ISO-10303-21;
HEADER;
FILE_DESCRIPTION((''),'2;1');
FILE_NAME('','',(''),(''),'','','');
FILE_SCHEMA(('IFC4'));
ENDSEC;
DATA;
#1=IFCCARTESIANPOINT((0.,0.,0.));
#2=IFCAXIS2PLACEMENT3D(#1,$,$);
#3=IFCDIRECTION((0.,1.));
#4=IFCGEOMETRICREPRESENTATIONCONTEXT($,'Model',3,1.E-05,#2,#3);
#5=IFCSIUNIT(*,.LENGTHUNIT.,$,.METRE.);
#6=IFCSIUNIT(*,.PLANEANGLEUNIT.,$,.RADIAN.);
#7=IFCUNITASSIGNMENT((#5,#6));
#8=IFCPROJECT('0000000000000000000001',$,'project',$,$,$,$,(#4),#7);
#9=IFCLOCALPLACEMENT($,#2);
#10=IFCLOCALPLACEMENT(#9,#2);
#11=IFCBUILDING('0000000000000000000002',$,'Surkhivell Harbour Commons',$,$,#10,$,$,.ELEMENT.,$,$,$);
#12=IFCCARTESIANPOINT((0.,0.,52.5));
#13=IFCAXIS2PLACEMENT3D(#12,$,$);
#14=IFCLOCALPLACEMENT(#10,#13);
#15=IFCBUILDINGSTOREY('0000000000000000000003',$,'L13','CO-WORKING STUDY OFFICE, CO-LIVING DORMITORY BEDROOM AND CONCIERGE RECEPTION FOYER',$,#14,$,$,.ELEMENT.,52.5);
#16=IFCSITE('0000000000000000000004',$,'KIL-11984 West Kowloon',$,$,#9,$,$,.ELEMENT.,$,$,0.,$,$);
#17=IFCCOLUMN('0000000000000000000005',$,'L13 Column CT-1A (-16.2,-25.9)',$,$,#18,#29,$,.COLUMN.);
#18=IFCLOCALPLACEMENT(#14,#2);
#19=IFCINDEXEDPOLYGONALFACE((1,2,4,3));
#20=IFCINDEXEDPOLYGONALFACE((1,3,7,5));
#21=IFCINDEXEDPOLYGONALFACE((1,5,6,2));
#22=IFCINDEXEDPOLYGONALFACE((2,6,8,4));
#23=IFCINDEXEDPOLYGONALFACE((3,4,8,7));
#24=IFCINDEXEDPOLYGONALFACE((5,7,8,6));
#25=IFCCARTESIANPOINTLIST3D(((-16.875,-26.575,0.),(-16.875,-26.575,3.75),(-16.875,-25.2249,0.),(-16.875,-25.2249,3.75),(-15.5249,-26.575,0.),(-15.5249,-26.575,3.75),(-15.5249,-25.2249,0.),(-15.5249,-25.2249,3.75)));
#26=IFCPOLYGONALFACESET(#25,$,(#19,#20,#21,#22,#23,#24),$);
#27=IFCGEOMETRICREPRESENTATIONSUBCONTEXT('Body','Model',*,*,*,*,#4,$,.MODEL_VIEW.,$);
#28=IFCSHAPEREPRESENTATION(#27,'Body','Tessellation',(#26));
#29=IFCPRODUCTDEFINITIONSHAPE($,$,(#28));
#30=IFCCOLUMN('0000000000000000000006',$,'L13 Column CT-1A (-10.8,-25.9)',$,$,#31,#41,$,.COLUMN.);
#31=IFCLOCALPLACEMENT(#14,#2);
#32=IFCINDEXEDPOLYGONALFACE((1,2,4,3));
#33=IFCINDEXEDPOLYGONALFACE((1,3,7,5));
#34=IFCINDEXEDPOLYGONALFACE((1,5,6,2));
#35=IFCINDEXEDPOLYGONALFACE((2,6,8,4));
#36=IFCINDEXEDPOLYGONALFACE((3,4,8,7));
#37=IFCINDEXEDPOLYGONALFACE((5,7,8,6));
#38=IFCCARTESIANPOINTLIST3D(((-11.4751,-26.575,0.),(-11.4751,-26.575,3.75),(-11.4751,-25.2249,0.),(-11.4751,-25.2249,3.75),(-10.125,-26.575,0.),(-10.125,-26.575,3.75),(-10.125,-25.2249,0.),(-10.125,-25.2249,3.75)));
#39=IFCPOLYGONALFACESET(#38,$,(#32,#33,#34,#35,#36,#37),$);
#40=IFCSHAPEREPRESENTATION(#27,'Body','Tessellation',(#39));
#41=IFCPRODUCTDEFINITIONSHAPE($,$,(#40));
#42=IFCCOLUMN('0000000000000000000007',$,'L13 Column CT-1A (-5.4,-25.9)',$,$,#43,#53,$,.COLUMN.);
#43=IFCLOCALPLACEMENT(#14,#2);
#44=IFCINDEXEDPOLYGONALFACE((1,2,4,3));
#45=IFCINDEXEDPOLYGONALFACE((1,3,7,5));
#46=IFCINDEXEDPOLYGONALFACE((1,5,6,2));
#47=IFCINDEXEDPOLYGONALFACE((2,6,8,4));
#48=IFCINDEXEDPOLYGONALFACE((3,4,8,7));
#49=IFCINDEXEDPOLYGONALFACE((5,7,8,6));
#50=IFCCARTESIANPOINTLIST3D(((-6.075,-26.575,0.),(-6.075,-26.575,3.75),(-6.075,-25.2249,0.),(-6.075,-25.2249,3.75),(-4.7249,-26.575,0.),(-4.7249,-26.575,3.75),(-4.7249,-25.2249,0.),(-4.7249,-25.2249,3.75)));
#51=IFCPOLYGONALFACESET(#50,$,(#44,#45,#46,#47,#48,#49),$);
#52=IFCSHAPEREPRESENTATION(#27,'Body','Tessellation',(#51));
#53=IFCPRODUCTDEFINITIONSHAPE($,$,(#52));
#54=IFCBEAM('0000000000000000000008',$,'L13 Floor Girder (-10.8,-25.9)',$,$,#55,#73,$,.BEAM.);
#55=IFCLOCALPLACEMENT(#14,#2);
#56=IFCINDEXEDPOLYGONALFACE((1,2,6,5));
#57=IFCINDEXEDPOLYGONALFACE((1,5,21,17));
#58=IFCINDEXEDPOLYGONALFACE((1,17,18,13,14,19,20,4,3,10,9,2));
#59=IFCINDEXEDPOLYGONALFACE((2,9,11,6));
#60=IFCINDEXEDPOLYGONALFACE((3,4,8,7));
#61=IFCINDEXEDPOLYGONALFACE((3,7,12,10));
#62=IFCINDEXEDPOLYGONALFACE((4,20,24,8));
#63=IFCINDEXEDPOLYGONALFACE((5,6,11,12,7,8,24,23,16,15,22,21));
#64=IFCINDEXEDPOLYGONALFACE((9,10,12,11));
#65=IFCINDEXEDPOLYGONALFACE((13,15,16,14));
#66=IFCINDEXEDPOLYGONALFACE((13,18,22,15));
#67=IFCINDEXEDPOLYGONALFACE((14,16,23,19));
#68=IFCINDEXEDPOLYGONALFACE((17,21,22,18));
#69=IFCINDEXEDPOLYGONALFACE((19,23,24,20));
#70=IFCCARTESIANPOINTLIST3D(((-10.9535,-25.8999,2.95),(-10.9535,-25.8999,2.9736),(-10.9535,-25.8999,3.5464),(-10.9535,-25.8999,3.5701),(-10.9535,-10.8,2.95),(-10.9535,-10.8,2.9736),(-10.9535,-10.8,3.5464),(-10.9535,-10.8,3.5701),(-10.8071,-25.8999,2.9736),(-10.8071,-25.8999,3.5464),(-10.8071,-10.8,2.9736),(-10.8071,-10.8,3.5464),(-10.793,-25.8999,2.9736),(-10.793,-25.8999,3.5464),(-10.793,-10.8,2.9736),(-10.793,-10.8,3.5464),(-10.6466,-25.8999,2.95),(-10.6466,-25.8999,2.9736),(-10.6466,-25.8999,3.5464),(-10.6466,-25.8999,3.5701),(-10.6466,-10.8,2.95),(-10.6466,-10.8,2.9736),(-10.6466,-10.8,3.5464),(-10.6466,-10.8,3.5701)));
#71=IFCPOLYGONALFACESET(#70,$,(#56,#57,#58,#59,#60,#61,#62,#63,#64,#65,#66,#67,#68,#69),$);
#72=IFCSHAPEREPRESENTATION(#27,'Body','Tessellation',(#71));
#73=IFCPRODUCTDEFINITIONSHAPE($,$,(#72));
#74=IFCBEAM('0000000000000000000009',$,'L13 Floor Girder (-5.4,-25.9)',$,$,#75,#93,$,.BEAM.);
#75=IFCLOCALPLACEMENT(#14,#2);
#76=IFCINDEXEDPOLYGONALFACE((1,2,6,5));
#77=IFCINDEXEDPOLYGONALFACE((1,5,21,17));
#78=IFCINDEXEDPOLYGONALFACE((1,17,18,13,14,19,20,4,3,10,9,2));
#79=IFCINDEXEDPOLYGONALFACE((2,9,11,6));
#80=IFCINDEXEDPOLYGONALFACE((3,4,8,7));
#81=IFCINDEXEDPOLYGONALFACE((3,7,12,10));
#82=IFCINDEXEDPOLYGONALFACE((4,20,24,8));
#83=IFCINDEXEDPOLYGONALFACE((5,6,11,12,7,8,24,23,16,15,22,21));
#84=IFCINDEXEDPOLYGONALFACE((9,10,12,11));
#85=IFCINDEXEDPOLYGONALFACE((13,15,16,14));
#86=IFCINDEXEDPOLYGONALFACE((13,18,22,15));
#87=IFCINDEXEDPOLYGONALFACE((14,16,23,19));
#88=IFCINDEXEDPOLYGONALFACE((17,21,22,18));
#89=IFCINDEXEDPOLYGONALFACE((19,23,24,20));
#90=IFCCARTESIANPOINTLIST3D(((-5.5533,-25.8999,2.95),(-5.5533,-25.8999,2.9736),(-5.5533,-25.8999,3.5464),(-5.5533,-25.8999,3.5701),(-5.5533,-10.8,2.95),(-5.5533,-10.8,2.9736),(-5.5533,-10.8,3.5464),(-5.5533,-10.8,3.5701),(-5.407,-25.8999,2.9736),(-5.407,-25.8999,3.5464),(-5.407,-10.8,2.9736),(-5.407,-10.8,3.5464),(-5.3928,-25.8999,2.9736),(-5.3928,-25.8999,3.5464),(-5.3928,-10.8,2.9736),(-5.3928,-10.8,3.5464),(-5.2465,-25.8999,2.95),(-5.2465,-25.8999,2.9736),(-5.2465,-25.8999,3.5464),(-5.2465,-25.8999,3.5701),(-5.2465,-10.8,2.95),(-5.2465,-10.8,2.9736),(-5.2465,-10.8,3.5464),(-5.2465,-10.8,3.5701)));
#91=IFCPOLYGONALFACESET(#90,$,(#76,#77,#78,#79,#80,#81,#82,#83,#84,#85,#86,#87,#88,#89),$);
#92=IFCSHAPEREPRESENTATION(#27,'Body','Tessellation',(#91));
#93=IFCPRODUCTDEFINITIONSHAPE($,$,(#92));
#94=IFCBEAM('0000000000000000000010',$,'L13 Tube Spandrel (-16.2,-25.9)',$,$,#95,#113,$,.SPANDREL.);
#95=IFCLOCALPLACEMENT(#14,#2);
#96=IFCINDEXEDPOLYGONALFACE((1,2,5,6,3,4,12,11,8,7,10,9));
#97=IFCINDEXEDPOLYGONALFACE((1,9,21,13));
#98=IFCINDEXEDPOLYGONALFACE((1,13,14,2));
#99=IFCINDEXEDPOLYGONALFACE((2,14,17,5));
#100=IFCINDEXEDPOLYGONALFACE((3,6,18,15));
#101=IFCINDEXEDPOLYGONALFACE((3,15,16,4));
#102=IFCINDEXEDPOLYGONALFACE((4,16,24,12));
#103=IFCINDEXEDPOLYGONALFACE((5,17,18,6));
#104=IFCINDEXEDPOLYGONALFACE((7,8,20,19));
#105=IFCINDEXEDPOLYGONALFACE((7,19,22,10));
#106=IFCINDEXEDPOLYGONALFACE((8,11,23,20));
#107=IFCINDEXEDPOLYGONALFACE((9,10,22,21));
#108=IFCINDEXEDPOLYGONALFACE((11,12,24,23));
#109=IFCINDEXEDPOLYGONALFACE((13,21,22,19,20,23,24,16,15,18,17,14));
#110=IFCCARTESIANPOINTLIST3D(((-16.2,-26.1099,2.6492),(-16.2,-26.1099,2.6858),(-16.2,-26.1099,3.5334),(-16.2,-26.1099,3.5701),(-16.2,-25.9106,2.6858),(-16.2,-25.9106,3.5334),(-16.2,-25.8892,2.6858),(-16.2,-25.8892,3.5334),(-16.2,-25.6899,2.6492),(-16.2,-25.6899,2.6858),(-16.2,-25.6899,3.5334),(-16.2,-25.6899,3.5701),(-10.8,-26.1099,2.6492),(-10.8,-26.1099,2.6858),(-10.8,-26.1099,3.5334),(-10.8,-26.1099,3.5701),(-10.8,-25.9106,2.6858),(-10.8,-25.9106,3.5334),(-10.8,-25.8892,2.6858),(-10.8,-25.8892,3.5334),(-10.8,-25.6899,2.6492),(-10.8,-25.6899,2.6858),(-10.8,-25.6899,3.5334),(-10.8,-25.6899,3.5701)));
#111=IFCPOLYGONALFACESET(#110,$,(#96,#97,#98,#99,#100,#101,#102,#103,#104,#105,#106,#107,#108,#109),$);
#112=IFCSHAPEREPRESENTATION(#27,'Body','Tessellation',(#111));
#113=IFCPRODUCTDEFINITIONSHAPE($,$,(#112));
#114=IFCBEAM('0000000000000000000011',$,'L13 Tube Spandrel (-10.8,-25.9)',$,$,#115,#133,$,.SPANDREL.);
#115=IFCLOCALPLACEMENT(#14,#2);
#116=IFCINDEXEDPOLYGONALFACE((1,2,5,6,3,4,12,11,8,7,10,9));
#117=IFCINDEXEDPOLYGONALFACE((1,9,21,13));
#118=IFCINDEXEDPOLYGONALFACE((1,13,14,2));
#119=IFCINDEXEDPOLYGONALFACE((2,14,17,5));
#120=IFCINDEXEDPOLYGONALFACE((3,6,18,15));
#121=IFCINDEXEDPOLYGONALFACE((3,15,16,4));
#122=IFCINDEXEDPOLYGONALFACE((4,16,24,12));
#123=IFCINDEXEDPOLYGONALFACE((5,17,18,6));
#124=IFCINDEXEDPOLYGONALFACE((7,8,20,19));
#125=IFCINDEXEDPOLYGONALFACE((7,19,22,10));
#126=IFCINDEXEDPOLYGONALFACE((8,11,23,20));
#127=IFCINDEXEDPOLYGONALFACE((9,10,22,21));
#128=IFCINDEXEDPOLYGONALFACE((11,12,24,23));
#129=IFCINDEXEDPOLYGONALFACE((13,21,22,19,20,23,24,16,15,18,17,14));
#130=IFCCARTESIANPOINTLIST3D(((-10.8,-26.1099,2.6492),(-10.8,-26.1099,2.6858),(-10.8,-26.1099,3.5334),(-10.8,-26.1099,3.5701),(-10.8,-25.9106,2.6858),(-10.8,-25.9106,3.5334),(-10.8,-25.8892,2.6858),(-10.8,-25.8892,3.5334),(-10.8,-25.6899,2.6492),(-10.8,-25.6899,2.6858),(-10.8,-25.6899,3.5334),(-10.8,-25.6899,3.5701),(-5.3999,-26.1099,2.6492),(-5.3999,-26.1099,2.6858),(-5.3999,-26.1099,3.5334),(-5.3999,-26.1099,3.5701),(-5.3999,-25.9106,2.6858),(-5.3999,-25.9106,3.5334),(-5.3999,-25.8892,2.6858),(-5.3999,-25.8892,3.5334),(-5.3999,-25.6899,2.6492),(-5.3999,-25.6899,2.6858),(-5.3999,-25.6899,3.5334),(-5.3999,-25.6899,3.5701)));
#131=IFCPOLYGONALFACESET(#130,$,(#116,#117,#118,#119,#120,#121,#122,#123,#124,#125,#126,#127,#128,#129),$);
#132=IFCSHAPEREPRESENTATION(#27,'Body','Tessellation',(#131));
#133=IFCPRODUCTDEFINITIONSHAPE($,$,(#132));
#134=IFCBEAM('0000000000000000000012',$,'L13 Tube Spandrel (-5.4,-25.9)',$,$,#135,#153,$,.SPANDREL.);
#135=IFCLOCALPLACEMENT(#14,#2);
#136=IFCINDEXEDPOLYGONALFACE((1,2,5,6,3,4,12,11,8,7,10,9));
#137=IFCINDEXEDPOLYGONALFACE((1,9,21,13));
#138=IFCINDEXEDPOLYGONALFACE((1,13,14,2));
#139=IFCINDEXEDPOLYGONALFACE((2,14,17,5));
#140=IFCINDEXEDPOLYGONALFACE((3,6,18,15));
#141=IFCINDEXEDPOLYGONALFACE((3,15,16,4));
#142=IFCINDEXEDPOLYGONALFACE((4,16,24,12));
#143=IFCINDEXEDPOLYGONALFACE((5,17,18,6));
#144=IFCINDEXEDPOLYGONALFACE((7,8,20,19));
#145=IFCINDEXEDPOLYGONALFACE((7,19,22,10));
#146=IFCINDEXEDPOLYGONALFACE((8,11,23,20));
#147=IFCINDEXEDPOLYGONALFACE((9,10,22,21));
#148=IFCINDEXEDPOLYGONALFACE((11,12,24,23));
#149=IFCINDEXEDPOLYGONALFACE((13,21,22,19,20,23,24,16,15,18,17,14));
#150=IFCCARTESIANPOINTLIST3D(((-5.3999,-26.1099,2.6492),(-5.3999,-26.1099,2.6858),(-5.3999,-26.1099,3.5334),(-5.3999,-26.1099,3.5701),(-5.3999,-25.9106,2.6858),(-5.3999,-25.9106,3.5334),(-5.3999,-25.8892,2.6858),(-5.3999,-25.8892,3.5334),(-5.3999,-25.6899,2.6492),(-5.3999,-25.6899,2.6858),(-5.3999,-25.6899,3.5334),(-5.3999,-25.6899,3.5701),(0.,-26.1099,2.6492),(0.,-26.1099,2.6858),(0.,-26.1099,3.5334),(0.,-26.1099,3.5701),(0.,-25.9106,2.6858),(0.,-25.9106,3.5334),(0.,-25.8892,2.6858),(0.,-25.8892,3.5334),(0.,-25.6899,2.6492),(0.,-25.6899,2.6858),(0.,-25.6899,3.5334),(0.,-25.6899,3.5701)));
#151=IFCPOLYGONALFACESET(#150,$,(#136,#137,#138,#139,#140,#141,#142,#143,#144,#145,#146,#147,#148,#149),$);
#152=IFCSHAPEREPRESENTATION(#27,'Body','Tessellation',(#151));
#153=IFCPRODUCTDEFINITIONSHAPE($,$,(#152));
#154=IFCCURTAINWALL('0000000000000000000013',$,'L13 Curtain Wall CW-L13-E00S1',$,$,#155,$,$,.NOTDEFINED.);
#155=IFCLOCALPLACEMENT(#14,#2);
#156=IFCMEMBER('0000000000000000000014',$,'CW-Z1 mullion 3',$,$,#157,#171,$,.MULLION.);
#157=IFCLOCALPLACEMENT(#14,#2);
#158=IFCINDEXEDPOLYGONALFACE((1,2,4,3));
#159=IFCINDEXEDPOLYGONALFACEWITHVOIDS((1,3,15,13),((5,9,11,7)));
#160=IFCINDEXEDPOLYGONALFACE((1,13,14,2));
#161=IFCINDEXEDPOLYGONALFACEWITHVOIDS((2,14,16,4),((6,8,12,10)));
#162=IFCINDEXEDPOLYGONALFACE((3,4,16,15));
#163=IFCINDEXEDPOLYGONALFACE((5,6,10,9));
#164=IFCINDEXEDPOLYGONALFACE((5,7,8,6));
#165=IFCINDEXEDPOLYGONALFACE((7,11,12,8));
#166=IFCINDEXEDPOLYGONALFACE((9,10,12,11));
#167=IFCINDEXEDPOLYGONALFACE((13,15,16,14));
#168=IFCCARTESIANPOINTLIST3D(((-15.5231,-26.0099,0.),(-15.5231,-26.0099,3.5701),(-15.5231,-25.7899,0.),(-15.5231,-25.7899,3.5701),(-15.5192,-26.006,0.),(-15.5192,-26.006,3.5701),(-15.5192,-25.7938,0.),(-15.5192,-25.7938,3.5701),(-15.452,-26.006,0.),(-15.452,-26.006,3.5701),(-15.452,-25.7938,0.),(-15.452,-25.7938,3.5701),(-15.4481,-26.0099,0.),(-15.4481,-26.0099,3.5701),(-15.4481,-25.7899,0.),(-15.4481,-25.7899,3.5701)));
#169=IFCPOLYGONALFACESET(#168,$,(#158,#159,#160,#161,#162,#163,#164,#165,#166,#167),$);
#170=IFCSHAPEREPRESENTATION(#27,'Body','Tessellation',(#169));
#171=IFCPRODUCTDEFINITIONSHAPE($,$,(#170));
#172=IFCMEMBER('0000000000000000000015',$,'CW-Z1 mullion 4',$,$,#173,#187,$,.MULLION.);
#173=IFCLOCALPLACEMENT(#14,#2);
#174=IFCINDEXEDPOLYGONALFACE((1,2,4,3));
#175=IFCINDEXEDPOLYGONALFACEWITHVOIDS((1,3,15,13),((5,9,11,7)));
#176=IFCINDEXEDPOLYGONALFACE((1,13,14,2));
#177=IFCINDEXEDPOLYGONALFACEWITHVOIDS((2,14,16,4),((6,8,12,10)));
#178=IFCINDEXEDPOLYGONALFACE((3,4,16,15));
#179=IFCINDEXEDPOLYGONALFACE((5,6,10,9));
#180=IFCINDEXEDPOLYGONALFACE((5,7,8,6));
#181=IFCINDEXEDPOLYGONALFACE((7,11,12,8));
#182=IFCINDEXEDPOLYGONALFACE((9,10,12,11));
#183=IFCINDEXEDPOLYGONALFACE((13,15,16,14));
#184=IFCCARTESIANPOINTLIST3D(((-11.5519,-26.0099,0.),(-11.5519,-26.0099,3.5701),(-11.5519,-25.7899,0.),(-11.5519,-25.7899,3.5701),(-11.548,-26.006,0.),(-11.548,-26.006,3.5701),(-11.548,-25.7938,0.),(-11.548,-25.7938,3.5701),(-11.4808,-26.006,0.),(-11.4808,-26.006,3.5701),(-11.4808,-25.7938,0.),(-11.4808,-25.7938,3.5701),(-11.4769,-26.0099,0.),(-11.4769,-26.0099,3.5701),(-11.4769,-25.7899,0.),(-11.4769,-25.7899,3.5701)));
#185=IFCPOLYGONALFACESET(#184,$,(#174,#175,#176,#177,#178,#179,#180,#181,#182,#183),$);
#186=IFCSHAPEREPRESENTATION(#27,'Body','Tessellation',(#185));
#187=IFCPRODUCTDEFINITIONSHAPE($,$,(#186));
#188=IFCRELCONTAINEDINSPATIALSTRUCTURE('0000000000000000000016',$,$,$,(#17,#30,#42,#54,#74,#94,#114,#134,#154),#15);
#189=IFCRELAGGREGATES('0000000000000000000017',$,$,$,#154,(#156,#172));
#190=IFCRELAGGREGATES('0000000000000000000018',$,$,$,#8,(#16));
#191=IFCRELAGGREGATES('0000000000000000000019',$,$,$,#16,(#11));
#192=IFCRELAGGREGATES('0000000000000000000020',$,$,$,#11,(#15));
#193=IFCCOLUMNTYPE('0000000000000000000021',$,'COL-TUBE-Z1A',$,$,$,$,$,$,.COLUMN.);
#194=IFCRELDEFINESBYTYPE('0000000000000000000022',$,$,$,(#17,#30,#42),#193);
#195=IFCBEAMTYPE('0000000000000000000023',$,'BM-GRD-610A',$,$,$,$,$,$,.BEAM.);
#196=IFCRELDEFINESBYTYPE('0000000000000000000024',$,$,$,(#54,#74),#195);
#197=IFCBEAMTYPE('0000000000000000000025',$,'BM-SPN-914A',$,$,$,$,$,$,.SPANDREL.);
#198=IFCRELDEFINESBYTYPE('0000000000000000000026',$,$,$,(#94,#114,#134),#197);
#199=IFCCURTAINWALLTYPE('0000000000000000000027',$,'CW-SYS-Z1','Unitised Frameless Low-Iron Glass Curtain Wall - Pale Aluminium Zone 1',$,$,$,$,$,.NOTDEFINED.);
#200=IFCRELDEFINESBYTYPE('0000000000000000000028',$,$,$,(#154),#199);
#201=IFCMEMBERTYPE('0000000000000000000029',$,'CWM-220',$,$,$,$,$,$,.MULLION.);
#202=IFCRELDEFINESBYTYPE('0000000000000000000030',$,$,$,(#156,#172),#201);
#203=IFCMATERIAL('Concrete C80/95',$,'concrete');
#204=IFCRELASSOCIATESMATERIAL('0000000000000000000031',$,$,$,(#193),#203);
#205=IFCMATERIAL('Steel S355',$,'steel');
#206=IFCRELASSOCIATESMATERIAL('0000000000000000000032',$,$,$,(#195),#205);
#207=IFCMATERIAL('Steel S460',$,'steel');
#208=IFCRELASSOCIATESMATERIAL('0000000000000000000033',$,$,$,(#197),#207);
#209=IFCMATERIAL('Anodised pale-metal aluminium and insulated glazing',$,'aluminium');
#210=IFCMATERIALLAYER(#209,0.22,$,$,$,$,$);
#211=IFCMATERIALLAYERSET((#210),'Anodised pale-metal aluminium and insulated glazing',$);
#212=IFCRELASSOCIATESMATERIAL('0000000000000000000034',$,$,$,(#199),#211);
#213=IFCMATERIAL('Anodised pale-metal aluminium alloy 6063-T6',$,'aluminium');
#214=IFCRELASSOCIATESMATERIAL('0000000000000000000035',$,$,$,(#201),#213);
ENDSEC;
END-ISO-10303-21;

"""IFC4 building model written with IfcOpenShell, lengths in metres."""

from ifc_helpers import new_model, si_unit, direction, frame, origin, origin_2d, place, context, subcontext, project, spatial, rectangle, hollow_rectangle, i_section, extrude, material, layer, layer_set, material_profile, profile_set, type_object, element, aggregate, save


model = new_model("IFC4")

# Units and contexts
model_context = context("Model", 3, precision=1e-05, world=origin(), true_north=direction((0.0, 1.0)))
body_context = subcontext(model_context, "Body", "Model", "MODEL_VIEW")
ifc_project = project(units=[si_unit("LENGTHUNIT", "METRE"), si_unit("PLANEANGLEUNIT", "RADIAN")], contexts=[model_context])

# Site, building, storey
site_placement = place(None, origin())
site = spatial("IfcSite", under=ifc_project, at=site_placement, Name="KIL-11984 West Kowloon", CompositionType="ELEMENT", RefElevation=0.0)
building_placement = place(site_placement, origin())
building = spatial("IfcBuilding", under=site, at=building_placement, Name="Surkhivell Harbour Commons", CompositionType="ELEMENT")
storey_placement = place(building_placement, frame((0.0, 0.0, 52.5)))
storey = spatial("IfcBuildingStorey", under=building, at=storey_placement, Name="L13", Description="CO-WORKING STUDY OFFICE, CO-LIVING DORMITORY BEDROOM AND CONCIERGE RECEPTION FOYER", CompositionType="ELEMENT", Elevation=52.5)

# Columns
ifc_material_1 = material(Name="Concrete C80/95", Category="concrete")
ifc_material_profile_1 = material_profile(ifc_material_1, rectangle(XDim=1.3501, YDim=1.3501, at=origin_2d()), Name="RC-COL-1350x1350")
ifc_profile_set_1 = profile_set([ifc_material_profile_1], Name="Concrete C80/95")
column_type = type_object("IfcColumnType", Name="COL-TUBE-Z1A", PredefinedType="COLUMN", material=ifc_profile_set_1)
for number, where, z_axis, x_axis, name in (
    (1, (-16.2, -25.8999, 0.0), (0.0, 0.0, 1.0), (1.0, 0.0, 0.0), "L13 Column CT-1A (-16.2,-25.9)"),
    (2, (-10.8, -25.8999, 0.0), (0.0, 0.0, 1.0), (1.0, 0.0, 0.0), "L13 Column CT-1A (-10.8,-25.9)"),
    (3, (-5.3999, -25.8999, 0.0), (0.0, 0.0, 1.0), (1.0, 0.0, 0.0), "L13 Column CT-1A (-5.4,-25.9)"),
):
    element("IfcColumn", number, at=place(storey_placement, frame(where, z_axis=z_axis, x_axis=x_axis)), inside=storey, type_object=column_type, Name=name, PredefinedType="COLUMN", context=body_context, shape_type="SweptSolid", body=[
        extrude(rectangle(XDim=1.3501, YDim=1.3501, at=origin_2d()), origin(), (0.0, 0.0, 1.0), 3.75),
    ])

# Beams
ifc_material_2 = material(Name="Steel S355", Category="steel")
ifc_material_profile_2 = material_profile(ifc_material_2, i_section(OverallWidth=0.3069, OverallDepth=0.6201, WebThickness=0.0142, FlangeThickness=0.0237, at=origin_2d()), Name="UB610x305x179")
ifc_profile_set_2 = profile_set([ifc_material_profile_2], Name="Steel S355")
beam_type_1 = type_object("IfcBeamType", Name="BM-GRD-610A", PredefinedType="BEAM", material=ifc_profile_set_2)
for number, where, z_axis, x_axis, name in (
    (4, (-10.8, -25.8999, 3.26), (0.0, 1.0, 0.0), (-1.0, 0.0, 0.0), "L13 Floor Girder (-10.8,-25.9)"),
    (5, (-5.3999, -25.8999, 3.26), (0.0, 1.0, 0.0), (-1.0, 0.0, 0.0), "L13 Floor Girder (-5.4,-25.9)"),
):
    element("IfcBeam", number, at=place(storey_placement, frame(where, z_axis=z_axis, x_axis=x_axis)), inside=storey, type_object=beam_type_1, Name=name, PredefinedType="BEAM", context=body_context, shape_type="SweptSolid", body=[
        extrude(i_section(OverallWidth=0.3069, OverallDepth=0.6201, WebThickness=0.0142, FlangeThickness=0.0237, at=origin_2d()), origin(), (0.0, 0.0, 1.0), 15.0999),
    ])
ifc_material_3 = material(Name="Steel S460", Category="steel")
ifc_material_profile_3 = material_profile(ifc_material_3, i_section(OverallWidth=0.4199, OverallDepth=0.9209, WebThickness=0.0215, FlangeThickness=0.0366, at=origin_2d()), Name="UB914x419x388")
ifc_profile_set_3 = profile_set([ifc_material_profile_3], Name="Steel S460")
beam_type_2 = type_object("IfcBeamType", Name="BM-SPN-914A", PredefinedType="SPANDREL", material=ifc_profile_set_3)
beam_1_placement = place(storey_placement, frame((-16.2, -25.8999, 3.1096), z_axis=(1.0, 0.0, 0.0), x_axis=(0.0, 1.0, 0.0)))
element("IfcBeam", 6, at=beam_1_placement, inside=storey, type_object=beam_type_2, Name="L13 Tube Spandrel (-16.2,-25.9)", PredefinedType="SPANDREL", context=body_context, shape_type="SweptSolid", body=[
    extrude(i_section(OverallWidth=0.4199, OverallDepth=0.9209, WebThickness=0.0215, FlangeThickness=0.0366, at=origin_2d()), origin(), (0.0, 0.0, 1.0), 5.3999),
])
beam_2_placement = place(storey_placement, frame((-10.8, -25.8999, 3.1096), z_axis=(1.0, 0.0, 0.0), x_axis=(0.0, 1.0, 0.0)))
element("IfcBeam", 7, at=beam_2_placement, inside=storey, type_object=beam_type_2, Name="L13 Tube Spandrel (-10.8,-25.9)", PredefinedType="SPANDREL", context=body_context, shape_type="SweptSolid", body=[
    extrude(i_section(OverallWidth=0.4199, OverallDepth=0.9209, WebThickness=0.0215, FlangeThickness=0.0366, at=origin_2d()), origin(), (0.0, 0.0, 1.0), 5.4001),
])
beam_3_placement = place(storey_placement, frame((-5.3999, -25.8999, 3.1096), z_axis=(1.0, 0.0, 0.0), x_axis=(0.0, 1.0, 0.0)))
element("IfcBeam", 8, at=beam_3_placement, inside=storey, type_object=beam_type_2, Name="L13 Tube Spandrel (-5.4,-25.9)", PredefinedType="SPANDREL", context=body_context, shape_type="SweptSolid", body=[
    extrude(i_section(OverallWidth=0.4199, OverallDepth=0.9209, WebThickness=0.0215, FlangeThickness=0.0366, at=origin_2d()), origin(), (0.0, 0.0, 1.0), 5.3999),
])

# Curtain wall, members
ifc_material_4 = material(Name="Anodised pale-metal aluminium and insulated glazing", Category="aluminium")
ifc_layer_1 = layer(ifc_material_4, 0.22)
ifc_layer_set_1 = layer_set([ifc_layer_1], Name="Anodised pale-metal aluminium and insulated glazing")
curtain_wall_type = type_object("IfcCurtainWallType", Name="CW-SYS-Z1", Description="Unitised Frameless Low-Iron Glass Curtain Wall - Pale Aluminium Zone 1", PredefinedType="NOTDEFINED", material=ifc_layer_set_1)
curtain_wall_placement = place(storey_placement, origin())
curtain_wall = element("IfcCurtainWall", 9, at=curtain_wall_placement, inside=storey, type_object=curtain_wall_type, Name="L13 Curtain Wall CW-L13-E00S1", PredefinedType="NOTDEFINED")
ifc_material_5 = material(Name="Anodised pale-metal aluminium alloy 6063-T6", Category="aluminium")
ifc_material_profile_4 = material_profile(ifc_material_5, hollow_rectangle(XDim=0.075, YDim=0.22, WallThickness=0.0039, at=origin_2d()), Name="ALU-MULL-75x220")
ifc_profile_set_4 = profile_set([ifc_material_profile_4], Name="Anodised pale-metal aluminium alloy 6063-T6")
member_type_1 = type_object("IfcMemberType", Name="CWM-220", PredefinedType="MULLION", material=ifc_profile_set_4)
member_1_placement = place(storey_placement, frame((-15.4856, -25.8999, 0.0), z_axis=(0.0, 0.0, 1.0), x_axis=(1.0, 0.0, 0.0)))
member_1 = element("IfcMember", 10, at=member_1_placement, type_object=member_type_1, Name="CW-Z1 mullion 3", PredefinedType="MULLION", context=body_context, shape_type="SweptSolid", body=[
    extrude(hollow_rectangle(XDim=0.075, YDim=0.22, WallThickness=0.0039, at=origin_2d()), origin(), (0.0, 0.0, 1.0), 3.5701),
])
member_2_placement = place(storey_placement, frame((-11.5144, -25.8999, 0.0), z_axis=(0.0, 0.0, 1.0), x_axis=(1.0, 0.0, 0.0)))
member_2 = element("IfcMember", 11, at=member_2_placement, type_object=member_type_1, Name="CW-Z1 mullion 4", PredefinedType="MULLION", context=body_context, shape_type="SweptSolid", body=[
    extrude(hollow_rectangle(XDim=0.075, YDim=0.22, WallThickness=0.0039, at=origin_2d()), origin(), (0.0, 0.0, 1.0), 3.5701),
])

aggregate(curtain_wall, [member_1, member_2])

save(model, "model.ifc")
